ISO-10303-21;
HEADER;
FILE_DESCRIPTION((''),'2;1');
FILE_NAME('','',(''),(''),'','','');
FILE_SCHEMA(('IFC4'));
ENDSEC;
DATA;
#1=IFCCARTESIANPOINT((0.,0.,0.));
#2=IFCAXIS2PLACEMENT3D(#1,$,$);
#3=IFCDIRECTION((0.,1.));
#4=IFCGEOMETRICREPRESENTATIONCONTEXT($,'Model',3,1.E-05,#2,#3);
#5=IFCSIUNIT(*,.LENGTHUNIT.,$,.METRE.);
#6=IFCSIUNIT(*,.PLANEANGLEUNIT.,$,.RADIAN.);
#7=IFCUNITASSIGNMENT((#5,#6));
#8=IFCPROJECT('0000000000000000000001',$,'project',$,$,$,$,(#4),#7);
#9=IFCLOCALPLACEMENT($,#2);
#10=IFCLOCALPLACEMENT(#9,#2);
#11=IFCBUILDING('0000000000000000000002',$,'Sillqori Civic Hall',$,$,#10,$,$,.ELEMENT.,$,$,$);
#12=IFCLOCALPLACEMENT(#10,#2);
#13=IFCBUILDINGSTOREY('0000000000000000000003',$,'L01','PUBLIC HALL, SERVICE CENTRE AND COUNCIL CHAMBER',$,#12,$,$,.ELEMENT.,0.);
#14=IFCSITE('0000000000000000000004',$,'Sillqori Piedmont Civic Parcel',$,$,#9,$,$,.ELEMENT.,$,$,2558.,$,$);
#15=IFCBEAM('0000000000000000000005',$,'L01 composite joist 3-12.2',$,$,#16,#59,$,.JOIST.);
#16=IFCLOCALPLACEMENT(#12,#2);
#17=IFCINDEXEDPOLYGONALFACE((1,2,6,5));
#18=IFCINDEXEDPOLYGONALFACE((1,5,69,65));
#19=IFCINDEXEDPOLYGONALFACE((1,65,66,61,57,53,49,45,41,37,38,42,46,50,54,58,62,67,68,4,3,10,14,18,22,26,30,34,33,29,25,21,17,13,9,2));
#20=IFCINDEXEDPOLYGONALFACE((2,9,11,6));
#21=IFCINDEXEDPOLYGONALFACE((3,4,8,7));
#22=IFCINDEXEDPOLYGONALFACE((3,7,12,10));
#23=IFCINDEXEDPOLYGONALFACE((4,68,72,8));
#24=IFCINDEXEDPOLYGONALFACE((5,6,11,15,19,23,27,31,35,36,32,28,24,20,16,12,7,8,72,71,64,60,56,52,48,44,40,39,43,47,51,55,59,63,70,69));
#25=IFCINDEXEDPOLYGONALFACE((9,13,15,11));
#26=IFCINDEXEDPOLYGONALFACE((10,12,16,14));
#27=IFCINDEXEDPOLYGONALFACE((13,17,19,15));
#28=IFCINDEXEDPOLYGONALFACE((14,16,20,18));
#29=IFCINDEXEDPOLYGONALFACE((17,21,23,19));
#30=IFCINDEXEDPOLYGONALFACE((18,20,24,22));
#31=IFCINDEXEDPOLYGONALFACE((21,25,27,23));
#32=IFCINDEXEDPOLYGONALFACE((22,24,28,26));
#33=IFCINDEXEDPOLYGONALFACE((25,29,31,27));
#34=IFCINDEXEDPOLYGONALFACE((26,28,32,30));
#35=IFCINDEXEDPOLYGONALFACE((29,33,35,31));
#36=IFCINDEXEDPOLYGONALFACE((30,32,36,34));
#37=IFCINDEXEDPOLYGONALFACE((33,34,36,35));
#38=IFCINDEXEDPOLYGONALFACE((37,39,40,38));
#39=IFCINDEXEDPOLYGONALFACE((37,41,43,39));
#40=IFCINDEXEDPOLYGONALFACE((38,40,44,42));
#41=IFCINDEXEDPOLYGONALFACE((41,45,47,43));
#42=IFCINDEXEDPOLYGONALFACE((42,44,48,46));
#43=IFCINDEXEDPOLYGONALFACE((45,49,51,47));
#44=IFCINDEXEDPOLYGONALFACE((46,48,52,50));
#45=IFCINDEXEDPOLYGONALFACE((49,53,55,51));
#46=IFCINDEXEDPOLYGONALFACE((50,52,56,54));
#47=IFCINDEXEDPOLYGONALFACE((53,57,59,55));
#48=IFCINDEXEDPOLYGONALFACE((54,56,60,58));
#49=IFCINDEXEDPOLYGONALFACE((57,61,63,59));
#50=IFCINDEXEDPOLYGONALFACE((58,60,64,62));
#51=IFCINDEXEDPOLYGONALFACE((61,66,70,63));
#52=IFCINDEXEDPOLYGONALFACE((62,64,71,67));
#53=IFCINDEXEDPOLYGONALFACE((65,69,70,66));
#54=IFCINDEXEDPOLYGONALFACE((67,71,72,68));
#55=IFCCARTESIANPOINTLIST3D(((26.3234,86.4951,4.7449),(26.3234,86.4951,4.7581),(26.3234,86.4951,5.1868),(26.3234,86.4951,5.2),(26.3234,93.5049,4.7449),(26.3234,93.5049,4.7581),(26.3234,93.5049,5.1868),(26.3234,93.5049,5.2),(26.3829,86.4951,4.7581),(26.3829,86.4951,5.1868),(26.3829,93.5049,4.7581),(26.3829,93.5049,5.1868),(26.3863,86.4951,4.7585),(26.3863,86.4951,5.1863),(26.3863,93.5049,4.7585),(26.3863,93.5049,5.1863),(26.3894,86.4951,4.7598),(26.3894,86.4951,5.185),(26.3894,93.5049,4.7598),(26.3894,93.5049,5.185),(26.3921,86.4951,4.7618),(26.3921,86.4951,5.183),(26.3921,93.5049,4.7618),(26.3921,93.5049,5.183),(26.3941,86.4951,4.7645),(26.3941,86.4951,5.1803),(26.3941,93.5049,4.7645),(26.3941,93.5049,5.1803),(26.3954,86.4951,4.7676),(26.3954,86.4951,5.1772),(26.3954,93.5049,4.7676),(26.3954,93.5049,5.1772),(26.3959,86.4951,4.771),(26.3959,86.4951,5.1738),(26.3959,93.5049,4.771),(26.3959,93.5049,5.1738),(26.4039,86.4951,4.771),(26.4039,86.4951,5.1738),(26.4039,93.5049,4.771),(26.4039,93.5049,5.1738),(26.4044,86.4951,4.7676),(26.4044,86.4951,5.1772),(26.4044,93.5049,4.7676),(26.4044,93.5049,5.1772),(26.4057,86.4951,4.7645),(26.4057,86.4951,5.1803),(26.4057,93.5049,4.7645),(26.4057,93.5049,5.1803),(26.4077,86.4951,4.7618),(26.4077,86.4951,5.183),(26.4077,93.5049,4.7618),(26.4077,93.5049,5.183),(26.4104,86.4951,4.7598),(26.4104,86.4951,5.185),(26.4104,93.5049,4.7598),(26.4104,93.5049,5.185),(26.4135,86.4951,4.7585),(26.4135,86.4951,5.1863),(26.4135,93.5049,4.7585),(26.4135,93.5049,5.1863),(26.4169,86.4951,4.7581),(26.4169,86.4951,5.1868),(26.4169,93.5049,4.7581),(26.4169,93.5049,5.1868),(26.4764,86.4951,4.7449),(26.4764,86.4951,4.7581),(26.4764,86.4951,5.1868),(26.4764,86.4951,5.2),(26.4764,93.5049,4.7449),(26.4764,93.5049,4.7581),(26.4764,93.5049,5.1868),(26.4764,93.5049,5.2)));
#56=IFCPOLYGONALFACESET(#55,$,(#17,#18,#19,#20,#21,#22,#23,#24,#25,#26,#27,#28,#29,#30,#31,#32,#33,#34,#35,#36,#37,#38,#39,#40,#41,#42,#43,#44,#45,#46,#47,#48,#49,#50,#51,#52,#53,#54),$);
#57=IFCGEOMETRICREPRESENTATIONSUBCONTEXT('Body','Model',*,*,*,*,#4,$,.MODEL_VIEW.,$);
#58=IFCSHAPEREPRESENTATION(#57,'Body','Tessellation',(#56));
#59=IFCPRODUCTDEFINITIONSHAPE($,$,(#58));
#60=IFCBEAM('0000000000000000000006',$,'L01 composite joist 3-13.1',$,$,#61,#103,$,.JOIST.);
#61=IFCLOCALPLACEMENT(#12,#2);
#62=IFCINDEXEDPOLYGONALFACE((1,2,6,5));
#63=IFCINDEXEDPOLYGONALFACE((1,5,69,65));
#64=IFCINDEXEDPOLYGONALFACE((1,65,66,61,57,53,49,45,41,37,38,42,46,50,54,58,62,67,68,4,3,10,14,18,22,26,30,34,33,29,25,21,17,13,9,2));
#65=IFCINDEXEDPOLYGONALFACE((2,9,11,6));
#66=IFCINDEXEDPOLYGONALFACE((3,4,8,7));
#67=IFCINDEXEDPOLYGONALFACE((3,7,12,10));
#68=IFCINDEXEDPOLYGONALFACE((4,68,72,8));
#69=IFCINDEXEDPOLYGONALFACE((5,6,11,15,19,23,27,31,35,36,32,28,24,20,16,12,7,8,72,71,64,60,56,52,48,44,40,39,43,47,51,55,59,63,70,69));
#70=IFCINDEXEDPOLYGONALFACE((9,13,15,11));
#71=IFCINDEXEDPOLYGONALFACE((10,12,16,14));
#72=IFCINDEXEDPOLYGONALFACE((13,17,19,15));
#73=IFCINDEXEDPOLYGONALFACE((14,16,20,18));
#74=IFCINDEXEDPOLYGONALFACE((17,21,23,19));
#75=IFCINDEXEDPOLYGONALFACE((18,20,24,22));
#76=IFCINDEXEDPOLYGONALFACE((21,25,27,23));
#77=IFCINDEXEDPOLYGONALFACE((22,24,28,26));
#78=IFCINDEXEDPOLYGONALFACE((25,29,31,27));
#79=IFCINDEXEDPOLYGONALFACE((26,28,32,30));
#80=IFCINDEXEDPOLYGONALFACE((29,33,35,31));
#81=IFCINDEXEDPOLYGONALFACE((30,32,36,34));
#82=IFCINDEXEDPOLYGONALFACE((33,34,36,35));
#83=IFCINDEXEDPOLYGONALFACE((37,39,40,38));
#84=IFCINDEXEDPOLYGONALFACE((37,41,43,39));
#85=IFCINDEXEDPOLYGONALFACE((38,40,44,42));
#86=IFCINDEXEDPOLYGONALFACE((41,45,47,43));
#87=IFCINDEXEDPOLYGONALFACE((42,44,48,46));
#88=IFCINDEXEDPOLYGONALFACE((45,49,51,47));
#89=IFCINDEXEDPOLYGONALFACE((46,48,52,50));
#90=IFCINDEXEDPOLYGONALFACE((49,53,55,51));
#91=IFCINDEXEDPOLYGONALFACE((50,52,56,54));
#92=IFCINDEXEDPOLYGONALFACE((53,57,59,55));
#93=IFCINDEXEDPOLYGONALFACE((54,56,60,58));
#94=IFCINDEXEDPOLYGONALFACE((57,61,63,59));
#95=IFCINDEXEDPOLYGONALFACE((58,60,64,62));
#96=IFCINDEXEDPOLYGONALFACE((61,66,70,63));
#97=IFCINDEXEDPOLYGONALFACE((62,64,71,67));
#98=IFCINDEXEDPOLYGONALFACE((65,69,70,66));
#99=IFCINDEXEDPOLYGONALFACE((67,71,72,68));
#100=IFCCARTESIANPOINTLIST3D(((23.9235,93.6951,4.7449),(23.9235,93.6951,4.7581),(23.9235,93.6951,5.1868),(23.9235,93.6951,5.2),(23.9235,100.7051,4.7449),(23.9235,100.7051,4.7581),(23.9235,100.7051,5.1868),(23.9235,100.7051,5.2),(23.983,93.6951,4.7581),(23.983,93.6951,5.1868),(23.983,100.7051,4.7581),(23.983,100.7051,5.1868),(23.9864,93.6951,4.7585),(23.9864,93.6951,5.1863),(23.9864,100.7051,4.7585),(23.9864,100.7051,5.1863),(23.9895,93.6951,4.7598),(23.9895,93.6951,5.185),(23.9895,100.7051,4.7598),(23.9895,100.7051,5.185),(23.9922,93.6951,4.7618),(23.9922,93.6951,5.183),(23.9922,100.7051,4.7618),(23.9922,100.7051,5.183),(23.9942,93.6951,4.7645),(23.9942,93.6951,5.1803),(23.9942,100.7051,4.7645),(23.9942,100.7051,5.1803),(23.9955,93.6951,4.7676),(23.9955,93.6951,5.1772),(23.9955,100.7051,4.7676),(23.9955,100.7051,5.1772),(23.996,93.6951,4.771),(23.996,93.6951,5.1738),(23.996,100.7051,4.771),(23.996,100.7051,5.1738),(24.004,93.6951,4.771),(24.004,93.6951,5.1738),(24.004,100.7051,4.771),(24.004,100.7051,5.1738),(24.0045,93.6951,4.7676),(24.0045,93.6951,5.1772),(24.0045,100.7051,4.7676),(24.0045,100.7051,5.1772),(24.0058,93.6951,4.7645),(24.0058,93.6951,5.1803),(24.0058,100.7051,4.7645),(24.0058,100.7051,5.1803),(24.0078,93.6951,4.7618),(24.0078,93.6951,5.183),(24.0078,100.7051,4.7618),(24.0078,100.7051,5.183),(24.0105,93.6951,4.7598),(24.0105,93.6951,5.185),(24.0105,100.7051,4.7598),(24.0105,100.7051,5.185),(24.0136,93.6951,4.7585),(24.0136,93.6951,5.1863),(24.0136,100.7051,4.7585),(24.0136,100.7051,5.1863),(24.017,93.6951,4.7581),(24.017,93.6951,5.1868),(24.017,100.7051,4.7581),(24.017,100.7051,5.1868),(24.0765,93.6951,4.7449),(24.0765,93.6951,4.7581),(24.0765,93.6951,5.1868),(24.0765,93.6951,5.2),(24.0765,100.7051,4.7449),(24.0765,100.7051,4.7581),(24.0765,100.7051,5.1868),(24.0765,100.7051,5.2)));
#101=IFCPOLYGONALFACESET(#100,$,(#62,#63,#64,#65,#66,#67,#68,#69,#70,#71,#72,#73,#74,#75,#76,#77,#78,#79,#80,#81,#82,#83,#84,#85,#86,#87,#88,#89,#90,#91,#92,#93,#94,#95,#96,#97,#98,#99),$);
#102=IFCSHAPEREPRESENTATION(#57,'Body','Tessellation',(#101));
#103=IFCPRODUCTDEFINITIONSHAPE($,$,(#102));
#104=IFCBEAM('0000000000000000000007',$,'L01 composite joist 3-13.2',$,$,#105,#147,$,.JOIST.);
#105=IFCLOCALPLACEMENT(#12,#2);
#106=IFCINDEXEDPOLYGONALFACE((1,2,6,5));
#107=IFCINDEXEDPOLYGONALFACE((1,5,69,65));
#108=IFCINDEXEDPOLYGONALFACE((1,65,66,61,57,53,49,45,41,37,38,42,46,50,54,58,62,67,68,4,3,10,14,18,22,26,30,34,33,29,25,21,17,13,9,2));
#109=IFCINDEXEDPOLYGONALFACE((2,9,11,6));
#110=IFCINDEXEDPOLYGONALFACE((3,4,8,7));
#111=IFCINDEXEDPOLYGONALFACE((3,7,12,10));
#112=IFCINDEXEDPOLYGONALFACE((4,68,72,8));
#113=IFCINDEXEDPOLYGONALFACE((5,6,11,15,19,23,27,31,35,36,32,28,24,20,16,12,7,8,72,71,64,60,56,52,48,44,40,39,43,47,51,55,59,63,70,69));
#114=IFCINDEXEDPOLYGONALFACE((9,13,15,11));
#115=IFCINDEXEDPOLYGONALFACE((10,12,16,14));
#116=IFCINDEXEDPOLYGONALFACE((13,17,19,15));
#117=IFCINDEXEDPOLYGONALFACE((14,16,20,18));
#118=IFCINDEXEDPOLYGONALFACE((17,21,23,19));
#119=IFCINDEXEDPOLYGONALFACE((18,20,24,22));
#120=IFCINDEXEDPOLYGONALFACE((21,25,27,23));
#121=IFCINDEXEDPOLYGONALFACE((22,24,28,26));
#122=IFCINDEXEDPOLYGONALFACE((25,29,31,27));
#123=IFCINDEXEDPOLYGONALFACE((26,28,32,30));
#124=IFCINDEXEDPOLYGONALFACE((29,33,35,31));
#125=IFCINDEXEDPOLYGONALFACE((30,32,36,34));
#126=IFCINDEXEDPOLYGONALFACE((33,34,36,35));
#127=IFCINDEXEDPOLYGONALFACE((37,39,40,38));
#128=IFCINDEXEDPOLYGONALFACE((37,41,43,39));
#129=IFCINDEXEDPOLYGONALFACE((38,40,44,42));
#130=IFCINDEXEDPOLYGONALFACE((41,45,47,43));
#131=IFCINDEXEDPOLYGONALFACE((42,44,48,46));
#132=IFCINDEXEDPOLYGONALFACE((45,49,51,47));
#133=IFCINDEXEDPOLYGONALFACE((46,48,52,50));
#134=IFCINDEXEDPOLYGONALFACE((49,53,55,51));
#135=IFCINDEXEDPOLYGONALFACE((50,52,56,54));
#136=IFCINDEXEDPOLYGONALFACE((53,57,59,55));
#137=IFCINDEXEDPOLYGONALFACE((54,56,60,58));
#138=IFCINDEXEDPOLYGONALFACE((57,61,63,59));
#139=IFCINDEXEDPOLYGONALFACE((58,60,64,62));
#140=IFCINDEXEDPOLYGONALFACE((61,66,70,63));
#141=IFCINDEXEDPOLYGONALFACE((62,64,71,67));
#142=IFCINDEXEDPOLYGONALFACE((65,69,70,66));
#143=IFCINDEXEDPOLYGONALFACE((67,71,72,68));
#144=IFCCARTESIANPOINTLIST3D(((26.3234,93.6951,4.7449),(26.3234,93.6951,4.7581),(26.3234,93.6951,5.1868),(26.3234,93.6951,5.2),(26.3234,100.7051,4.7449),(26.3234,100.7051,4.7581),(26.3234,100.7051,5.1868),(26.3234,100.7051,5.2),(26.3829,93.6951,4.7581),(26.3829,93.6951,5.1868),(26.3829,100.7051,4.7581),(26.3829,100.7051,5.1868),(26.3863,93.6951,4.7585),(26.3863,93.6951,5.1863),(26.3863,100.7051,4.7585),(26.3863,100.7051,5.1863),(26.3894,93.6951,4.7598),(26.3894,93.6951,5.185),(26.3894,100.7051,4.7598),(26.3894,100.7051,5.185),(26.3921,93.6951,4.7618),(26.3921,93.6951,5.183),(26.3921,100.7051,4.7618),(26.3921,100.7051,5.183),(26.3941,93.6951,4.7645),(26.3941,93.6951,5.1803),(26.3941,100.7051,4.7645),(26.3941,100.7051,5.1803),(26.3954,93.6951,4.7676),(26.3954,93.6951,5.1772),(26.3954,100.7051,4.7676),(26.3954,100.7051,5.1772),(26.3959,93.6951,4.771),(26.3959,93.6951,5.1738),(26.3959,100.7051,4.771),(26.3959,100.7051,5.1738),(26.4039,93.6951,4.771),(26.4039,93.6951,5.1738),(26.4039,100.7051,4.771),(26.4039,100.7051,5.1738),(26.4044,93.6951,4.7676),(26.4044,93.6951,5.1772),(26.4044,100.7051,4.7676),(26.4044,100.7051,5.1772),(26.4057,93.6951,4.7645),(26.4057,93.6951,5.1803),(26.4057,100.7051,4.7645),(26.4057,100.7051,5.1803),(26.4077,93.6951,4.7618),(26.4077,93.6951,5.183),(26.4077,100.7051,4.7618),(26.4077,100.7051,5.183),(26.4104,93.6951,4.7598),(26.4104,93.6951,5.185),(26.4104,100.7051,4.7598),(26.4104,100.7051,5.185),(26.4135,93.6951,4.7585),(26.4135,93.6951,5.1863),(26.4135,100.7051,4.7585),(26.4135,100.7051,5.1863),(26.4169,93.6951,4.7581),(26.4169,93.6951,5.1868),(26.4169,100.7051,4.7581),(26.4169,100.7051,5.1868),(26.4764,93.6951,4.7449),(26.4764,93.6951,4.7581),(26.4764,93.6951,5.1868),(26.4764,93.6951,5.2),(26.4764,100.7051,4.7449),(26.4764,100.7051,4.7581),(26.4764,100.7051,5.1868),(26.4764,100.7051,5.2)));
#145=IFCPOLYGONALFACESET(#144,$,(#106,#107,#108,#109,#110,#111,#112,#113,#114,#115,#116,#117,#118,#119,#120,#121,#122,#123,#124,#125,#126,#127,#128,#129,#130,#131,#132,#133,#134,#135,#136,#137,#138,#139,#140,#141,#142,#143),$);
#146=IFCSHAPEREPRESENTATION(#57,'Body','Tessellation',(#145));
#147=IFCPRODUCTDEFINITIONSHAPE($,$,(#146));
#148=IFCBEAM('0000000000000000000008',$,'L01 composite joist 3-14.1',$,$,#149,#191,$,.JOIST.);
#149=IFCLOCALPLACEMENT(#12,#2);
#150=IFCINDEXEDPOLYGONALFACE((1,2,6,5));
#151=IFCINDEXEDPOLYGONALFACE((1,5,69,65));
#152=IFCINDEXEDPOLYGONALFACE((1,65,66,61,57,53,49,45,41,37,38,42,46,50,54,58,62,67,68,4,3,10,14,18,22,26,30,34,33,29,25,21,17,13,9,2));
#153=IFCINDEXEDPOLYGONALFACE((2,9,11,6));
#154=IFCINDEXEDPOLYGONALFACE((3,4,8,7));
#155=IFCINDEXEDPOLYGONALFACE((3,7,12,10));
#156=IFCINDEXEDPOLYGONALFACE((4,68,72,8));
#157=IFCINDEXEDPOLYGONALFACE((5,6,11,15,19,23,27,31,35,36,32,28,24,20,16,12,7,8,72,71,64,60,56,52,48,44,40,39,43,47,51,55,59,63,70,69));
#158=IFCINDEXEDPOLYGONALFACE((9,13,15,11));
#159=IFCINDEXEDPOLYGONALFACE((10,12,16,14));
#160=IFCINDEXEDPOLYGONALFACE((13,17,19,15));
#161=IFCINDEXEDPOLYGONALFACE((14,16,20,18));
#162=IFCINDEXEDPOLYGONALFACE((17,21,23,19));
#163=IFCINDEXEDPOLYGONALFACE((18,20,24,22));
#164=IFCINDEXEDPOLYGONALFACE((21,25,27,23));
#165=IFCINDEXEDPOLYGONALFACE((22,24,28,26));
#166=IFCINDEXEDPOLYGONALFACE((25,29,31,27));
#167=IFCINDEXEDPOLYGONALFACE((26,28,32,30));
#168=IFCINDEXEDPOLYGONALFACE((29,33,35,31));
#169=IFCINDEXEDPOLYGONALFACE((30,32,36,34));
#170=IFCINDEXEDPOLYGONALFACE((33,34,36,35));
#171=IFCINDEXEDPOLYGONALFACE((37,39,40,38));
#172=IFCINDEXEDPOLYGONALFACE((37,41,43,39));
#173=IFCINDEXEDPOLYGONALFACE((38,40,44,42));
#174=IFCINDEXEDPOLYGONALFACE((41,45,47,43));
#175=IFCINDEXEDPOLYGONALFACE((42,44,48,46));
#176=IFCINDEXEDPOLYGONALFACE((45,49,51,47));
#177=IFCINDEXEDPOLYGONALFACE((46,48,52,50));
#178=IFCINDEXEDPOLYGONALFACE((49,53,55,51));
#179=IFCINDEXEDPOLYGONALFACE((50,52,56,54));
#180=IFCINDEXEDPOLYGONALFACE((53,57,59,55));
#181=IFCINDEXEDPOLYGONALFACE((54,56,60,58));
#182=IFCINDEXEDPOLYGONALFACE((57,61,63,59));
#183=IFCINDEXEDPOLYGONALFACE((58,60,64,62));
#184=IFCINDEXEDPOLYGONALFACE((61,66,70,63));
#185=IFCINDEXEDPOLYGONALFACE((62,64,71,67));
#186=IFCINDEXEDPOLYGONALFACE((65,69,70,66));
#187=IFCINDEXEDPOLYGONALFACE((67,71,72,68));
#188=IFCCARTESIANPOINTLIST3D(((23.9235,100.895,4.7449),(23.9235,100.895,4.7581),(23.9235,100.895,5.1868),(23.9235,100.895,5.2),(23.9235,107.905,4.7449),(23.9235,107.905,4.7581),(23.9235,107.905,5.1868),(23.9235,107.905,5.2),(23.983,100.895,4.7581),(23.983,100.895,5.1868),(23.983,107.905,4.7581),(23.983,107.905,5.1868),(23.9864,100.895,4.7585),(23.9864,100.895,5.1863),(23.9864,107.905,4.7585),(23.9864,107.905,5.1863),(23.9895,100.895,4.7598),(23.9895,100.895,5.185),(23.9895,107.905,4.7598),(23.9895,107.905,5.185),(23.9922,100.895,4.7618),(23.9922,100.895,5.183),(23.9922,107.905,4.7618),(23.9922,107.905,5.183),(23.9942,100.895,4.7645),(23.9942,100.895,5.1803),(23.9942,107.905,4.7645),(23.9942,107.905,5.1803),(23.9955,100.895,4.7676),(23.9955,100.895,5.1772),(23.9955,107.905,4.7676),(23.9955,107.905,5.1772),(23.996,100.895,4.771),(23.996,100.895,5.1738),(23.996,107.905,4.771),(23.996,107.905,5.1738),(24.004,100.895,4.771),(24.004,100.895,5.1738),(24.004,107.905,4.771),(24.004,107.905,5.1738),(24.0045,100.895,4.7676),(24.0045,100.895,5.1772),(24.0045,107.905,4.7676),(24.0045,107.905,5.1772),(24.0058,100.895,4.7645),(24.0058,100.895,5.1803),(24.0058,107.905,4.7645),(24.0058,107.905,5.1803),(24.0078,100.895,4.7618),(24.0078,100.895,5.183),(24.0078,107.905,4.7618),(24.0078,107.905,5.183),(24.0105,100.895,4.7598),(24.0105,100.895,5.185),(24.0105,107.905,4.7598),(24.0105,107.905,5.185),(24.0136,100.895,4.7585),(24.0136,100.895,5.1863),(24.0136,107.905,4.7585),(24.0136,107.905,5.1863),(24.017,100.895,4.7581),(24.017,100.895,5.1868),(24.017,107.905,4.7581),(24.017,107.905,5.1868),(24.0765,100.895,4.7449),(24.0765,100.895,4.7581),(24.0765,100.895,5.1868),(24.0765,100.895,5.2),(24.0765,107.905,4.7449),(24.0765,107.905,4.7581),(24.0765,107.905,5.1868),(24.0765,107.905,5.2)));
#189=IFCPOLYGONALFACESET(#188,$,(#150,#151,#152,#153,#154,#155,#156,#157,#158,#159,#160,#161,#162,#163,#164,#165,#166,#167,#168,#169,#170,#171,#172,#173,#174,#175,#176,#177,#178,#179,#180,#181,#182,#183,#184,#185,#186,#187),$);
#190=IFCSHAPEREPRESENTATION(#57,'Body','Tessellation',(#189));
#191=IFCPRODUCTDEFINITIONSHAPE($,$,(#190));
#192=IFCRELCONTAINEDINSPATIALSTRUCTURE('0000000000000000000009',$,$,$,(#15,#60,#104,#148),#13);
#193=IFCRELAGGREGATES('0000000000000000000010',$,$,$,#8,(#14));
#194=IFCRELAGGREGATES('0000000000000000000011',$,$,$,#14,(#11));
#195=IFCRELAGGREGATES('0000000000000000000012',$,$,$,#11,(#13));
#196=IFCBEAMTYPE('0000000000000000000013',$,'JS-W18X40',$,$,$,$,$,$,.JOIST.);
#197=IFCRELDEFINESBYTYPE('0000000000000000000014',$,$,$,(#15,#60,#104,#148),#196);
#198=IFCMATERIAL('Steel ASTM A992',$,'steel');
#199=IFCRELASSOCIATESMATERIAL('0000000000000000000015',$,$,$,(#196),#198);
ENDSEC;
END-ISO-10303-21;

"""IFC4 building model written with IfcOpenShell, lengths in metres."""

from ifc_helpers import new_model, si_unit, direction, frame, origin, origin_2d, place, context, subcontext, project, spatial, i_section, extrude, material, material_profile, profile_set, type_object, element, save


model = new_model("IFC4")

# Units and contexts
model_context = context("Model", 3, precision=1e-05, world=origin(), true_north=direction((0.0, 1.0)))
body_context = subcontext(model_context, "Body", "Model", "MODEL_VIEW")
ifc_project = project(units=[si_unit("LENGTHUNIT", "METRE"), si_unit("PLANEANGLEUNIT", "RADIAN")], contexts=[model_context])

# Site, building, storey
site_placement = place(None, origin())
site = spatial("IfcSite", under=ifc_project, at=site_placement, Name="Sillqori Piedmont Civic Parcel", CompositionType="ELEMENT", RefElevation=2558.0)
building_placement = place(site_placement, origin())
building = spatial("IfcBuilding", under=site, at=building_placement, Name="Sillqori Civic Hall", CompositionType="ELEMENT")
storey_placement = place(building_placement, origin())
storey = spatial("IfcBuildingStorey", under=building, at=storey_placement, Name="L01", Description="PUBLIC HALL, SERVICE CENTRE AND COUNCIL CHAMBER", CompositionType="ELEMENT", Elevation=0.0)

# Shared definitions
ifc_material_1 = material(Name="Steel ASTM A992", Category="steel")

# Beams
ifc_material_profile_1 = material_profile(ifc_material_1, i_section(OverallWidth=0.1531, OverallDepth=0.4551, WebThickness=0.0081, FlangeThickness=0.0132, FilletRadius=0.0129, at=origin_2d()), Name="W18X40")
ifc_profile_set_1 = profile_set([ifc_material_profile_1], Name="Steel ASTM A992")
beam_type_1 = type_object("IfcBeamType", Name="JS-W18X40", PredefinedType="JOIST", material=ifc_profile_set_1)
for number, where, z_axis, x_axis, name in (
    (1, (26.3999, 86.4951, 4.9724), (0.0, 1.0, 0.0), (-1.0, 0.0, 0.0), "L01 composite joist 3-12.2"),
):
    element("IfcBeam", number, at=place(storey_placement, frame(where, z_axis=z_axis, x_axis=x_axis)), inside=storey, type_object=beam_type_1, Name=name, PredefinedType="JOIST", context=body_context, shape_type="SweptSolid", body=[
        extrude(i_section(OverallWidth=0.1531, OverallDepth=0.4551, WebThickness=0.0081, FlangeThickness=0.0132, FilletRadius=0.0129, at=origin_2d()), origin(), (0.0, 0.0, 1.0), 7.0098),
    ])
for number, where, z_axis, x_axis, name in (
    (2, (24.0, 93.6951, 4.9724), (0.0, 1.0, 0.0), (-1.0, 0.0, 0.0), "L01 composite joist 3-13.1"),
    (3, (26.3999, 93.6951, 4.9724), (0.0, 1.0, 0.0), (-1.0, 0.0, 0.0), "L01 composite joist 3-13.2"),
    (4, (24.0, 100.895, 4.9724), (0.0, 1.0, 0.0), (-1.0, 0.0, 0.0), "L01 composite joist 3-14.1"),
):
    element("IfcBeam", number, at=place(storey_placement, frame(where, z_axis=z_axis, x_axis=x_axis)), inside=storey, type_object=beam_type_1, Name=name, PredefinedType="JOIST", context=body_context, shape_type="SweptSolid", body=[
        extrude(i_section(OverallWidth=0.1531, OverallDepth=0.4551, WebThickness=0.0081, FlangeThickness=0.0132, FilletRadius=0.0129, at=origin_2d()), origin(), (0.0, 0.0, 1.0), 7.01),
    ])

save(model, "model.ifc")
